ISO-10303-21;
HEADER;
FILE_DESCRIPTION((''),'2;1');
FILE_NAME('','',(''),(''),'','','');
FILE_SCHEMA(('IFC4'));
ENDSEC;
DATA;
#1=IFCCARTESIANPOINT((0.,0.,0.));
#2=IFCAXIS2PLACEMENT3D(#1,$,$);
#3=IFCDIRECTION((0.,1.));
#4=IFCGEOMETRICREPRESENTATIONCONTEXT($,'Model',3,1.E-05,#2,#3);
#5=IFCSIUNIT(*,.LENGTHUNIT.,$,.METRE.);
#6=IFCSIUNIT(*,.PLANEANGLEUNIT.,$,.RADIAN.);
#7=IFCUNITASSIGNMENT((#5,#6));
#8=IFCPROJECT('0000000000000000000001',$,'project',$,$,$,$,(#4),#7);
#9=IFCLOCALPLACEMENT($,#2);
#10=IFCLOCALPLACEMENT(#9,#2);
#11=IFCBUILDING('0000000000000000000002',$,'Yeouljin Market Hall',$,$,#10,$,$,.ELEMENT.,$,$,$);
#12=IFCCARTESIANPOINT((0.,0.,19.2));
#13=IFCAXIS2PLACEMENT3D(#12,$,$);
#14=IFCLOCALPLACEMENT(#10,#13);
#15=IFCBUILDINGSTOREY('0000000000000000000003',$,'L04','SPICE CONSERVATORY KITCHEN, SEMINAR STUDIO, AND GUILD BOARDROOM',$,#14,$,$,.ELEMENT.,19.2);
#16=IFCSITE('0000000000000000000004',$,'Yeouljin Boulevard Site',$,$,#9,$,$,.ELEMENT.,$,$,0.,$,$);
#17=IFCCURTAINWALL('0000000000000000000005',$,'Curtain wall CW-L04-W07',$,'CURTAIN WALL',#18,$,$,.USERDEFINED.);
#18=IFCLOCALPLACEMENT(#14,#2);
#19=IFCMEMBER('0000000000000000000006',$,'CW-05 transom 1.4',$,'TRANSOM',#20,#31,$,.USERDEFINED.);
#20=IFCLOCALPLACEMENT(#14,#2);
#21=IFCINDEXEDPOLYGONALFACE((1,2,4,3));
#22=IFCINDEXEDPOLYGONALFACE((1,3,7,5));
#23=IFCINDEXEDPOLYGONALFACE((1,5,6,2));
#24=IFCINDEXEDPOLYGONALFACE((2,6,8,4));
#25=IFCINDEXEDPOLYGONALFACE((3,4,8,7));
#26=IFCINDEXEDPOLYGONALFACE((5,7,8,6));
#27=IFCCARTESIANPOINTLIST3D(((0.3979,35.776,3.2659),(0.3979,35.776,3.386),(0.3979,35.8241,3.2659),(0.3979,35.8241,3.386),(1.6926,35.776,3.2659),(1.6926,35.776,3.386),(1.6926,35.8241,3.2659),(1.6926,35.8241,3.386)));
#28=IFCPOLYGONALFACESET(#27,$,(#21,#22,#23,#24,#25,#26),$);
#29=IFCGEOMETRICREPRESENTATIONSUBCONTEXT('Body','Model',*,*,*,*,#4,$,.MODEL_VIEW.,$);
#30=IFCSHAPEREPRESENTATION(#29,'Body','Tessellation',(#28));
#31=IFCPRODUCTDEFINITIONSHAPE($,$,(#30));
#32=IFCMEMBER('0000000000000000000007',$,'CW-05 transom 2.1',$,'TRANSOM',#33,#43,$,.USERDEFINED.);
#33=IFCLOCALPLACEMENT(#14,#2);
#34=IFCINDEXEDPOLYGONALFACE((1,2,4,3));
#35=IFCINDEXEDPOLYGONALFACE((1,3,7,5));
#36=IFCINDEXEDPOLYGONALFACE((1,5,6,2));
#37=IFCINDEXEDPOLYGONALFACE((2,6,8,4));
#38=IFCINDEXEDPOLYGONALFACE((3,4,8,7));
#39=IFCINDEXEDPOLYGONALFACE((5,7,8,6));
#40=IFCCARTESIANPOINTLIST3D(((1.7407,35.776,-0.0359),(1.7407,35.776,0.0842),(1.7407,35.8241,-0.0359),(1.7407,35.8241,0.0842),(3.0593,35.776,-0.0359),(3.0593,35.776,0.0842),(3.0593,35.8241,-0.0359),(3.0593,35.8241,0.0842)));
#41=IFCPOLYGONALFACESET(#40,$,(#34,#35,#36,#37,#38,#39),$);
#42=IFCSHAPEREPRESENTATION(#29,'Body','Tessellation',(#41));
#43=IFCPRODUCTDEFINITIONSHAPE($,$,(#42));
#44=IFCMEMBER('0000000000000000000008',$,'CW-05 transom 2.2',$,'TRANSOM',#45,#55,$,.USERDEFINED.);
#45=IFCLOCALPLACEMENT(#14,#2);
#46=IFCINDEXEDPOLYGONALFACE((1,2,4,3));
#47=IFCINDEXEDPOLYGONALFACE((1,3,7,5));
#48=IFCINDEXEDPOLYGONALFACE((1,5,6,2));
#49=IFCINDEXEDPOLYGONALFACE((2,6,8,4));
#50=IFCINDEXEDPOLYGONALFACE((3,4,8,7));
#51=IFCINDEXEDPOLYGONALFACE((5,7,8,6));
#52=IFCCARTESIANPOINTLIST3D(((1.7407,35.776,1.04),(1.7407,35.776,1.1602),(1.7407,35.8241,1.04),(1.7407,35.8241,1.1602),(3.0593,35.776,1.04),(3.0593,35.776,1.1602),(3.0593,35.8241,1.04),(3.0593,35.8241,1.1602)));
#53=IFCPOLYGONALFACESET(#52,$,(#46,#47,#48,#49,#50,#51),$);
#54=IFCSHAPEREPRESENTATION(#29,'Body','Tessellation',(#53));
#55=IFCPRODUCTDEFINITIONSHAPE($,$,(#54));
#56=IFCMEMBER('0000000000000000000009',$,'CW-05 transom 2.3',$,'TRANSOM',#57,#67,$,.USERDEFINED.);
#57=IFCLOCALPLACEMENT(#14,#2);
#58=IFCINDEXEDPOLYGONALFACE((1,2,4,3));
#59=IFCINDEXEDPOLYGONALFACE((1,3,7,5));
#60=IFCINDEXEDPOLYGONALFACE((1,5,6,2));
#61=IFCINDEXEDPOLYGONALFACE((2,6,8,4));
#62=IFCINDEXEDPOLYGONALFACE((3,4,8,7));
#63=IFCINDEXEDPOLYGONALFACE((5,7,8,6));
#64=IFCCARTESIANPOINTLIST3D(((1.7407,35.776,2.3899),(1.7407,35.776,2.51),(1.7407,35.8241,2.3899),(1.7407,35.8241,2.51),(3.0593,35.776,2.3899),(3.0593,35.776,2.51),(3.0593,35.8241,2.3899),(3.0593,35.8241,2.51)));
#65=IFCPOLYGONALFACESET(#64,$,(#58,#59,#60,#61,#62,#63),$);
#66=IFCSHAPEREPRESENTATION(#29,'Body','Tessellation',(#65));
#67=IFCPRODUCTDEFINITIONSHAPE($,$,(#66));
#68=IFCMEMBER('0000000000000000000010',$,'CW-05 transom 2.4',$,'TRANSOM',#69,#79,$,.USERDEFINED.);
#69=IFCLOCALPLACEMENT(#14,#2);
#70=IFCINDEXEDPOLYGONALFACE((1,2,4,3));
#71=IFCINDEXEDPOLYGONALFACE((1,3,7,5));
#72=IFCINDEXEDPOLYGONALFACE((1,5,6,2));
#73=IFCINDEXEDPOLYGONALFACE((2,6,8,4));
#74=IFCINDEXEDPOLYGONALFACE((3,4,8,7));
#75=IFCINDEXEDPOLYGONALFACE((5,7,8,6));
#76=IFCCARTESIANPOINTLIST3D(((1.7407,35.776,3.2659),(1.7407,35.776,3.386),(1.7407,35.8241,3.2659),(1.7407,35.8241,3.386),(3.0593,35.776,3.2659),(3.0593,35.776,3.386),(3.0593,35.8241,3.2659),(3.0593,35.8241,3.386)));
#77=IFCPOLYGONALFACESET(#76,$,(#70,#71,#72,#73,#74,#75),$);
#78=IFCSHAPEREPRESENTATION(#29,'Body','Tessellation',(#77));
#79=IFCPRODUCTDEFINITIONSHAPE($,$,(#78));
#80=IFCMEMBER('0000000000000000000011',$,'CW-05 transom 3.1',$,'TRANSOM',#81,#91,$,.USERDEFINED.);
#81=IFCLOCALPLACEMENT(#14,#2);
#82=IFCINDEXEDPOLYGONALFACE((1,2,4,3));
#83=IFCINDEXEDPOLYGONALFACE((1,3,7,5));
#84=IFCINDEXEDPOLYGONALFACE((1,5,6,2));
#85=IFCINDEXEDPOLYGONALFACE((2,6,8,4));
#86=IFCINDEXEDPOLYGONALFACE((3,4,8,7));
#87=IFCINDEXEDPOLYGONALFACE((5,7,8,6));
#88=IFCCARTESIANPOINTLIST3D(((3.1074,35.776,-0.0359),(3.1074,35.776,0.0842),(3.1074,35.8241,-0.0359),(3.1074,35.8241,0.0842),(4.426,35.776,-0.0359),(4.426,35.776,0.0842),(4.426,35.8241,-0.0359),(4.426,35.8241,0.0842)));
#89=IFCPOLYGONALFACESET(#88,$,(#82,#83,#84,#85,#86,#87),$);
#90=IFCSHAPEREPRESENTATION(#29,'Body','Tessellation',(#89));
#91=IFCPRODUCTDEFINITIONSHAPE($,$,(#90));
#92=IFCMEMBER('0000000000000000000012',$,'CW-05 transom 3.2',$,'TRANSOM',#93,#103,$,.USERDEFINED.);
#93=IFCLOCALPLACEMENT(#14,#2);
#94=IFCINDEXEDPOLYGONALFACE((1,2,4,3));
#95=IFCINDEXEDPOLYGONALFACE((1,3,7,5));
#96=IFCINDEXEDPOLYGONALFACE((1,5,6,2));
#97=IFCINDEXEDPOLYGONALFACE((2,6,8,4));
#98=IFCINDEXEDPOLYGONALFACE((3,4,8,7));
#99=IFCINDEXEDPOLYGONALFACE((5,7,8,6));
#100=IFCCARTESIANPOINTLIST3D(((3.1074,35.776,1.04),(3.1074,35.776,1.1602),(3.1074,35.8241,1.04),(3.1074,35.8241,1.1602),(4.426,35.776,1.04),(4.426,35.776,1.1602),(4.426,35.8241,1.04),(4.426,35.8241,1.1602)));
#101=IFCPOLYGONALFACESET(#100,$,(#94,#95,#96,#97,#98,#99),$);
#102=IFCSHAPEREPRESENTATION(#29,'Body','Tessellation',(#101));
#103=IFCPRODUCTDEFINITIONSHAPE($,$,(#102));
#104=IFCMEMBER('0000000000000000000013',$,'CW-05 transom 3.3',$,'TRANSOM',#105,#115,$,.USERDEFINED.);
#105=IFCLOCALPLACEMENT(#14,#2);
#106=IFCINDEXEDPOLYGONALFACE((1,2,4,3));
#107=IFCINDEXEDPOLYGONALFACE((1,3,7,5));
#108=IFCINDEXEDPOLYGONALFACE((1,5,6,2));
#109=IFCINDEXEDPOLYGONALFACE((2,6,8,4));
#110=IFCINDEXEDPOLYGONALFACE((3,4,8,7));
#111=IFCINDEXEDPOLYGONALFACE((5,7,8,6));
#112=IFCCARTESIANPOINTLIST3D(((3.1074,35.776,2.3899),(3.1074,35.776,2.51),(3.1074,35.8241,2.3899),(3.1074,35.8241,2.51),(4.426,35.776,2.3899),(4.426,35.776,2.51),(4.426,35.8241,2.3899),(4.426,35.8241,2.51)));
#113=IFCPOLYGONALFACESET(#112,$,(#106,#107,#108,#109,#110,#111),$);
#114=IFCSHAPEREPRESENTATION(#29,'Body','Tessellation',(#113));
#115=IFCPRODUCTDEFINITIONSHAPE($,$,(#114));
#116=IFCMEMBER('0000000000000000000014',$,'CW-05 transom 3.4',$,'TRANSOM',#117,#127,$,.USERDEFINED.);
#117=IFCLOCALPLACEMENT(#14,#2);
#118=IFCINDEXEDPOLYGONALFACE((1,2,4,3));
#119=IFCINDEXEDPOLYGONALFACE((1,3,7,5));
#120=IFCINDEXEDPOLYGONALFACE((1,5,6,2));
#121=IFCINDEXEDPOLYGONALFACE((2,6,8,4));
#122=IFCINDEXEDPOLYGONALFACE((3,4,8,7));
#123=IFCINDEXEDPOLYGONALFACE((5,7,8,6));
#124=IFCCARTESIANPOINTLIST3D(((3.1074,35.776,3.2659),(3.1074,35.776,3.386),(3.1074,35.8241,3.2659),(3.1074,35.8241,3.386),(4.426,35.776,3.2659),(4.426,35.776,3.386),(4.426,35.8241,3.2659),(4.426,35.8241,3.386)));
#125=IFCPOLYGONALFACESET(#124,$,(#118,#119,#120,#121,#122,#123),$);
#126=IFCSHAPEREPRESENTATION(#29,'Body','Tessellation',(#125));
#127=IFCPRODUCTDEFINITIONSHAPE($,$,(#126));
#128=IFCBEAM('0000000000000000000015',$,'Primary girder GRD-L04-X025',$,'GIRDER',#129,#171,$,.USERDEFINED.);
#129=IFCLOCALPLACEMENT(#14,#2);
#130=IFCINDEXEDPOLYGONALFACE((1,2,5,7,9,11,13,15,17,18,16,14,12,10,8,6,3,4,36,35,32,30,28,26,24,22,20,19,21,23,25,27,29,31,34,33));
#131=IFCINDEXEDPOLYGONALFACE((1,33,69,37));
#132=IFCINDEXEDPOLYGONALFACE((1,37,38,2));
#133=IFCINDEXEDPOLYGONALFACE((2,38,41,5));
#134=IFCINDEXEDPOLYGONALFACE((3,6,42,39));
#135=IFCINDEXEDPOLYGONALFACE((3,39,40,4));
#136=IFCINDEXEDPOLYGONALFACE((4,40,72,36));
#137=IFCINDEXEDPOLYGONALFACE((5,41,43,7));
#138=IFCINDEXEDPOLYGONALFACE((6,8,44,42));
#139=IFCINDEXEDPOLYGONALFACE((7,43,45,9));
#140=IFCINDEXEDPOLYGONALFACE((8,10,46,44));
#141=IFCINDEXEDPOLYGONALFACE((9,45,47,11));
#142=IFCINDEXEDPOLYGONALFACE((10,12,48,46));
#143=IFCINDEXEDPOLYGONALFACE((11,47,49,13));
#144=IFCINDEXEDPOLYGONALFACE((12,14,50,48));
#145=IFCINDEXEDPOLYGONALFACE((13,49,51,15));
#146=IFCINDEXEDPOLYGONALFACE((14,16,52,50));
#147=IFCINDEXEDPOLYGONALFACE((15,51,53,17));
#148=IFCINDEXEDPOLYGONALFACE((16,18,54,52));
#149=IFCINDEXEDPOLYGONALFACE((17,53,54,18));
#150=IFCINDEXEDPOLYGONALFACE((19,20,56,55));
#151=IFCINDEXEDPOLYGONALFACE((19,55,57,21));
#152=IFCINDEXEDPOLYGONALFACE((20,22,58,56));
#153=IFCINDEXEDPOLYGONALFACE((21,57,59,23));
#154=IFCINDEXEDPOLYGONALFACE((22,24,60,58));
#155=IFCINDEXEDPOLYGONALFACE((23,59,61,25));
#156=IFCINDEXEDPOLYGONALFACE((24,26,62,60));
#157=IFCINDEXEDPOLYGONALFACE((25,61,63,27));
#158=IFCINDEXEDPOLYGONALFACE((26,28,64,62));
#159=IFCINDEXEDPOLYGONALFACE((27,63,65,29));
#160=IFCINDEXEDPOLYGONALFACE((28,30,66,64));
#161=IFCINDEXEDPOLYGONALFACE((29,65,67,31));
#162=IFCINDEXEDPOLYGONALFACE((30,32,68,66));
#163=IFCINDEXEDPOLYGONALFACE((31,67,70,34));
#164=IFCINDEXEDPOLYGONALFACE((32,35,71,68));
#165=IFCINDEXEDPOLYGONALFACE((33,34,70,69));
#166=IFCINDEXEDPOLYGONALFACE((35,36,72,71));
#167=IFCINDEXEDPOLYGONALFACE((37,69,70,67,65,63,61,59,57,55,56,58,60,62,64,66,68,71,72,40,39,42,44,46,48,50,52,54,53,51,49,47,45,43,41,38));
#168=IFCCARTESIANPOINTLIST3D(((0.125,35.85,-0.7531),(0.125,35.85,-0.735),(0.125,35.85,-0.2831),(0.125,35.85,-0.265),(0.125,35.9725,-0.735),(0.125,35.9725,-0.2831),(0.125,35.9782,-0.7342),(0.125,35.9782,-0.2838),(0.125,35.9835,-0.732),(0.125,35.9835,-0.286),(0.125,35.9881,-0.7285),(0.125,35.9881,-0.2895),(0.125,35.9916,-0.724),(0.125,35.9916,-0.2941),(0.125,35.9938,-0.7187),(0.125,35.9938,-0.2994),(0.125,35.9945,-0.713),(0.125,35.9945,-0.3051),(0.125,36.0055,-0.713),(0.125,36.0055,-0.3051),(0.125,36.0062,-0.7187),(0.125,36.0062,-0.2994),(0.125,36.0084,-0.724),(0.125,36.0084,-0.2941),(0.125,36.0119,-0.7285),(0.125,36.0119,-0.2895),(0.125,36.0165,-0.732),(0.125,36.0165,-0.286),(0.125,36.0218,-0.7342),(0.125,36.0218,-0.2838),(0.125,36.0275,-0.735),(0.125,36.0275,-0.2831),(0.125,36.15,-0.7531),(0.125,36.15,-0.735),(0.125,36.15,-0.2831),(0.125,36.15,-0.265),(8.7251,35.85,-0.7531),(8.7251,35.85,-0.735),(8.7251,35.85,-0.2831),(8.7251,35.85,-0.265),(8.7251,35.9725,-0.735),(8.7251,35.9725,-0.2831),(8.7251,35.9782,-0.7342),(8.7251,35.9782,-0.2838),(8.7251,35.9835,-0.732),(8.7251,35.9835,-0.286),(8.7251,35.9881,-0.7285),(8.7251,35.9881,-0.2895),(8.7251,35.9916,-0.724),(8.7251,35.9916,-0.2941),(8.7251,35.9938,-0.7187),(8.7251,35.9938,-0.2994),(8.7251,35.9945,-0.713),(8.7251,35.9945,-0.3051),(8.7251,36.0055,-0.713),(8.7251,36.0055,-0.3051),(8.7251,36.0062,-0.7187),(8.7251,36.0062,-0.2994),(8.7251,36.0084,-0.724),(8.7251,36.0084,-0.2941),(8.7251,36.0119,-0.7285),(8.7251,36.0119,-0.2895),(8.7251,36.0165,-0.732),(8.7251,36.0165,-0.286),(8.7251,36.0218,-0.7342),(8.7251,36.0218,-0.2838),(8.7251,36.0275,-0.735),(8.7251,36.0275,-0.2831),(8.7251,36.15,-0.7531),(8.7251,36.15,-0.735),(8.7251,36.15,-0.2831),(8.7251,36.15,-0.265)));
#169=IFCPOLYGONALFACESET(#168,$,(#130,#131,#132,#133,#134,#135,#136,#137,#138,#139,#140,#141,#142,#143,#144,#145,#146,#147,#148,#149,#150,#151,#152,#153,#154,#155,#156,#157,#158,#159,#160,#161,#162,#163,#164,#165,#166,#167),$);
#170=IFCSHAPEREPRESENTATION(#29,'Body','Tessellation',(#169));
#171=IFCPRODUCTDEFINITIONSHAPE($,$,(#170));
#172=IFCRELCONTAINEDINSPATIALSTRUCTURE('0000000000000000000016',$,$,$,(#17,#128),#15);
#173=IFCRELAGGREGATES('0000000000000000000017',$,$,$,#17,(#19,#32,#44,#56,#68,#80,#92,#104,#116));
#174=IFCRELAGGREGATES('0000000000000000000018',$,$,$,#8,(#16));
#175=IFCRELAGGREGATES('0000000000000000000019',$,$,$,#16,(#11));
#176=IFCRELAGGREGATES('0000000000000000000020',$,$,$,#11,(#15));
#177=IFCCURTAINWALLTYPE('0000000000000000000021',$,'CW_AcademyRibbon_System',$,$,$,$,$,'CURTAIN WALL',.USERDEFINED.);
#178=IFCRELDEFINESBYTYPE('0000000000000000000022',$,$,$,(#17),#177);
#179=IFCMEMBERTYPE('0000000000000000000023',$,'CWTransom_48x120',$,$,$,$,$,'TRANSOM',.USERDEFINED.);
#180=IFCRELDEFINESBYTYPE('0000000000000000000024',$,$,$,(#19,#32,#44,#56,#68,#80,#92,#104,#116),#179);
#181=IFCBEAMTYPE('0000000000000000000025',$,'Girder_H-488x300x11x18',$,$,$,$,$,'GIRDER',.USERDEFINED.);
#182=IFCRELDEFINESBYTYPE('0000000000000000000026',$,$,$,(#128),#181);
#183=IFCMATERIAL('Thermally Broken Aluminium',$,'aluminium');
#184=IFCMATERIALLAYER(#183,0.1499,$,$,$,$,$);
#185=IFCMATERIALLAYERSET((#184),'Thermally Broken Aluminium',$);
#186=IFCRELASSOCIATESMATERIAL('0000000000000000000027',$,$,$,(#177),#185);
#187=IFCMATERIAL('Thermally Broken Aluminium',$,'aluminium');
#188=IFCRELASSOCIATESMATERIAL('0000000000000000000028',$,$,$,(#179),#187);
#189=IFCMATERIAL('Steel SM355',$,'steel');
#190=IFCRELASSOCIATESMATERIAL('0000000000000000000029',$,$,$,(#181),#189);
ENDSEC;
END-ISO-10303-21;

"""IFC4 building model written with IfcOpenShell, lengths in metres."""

from ifc_helpers import new_model, si_unit, direction, frame, origin, origin_2d, place, context, subcontext, project, spatial, rectangle, i_section, extrude, material, layer, layer_set, material_profile, profile_set, type_object, element, aggregate, save


model = new_model("IFC4")

# Units and contexts
model_context = context("Model", 3, precision=1e-05, world=origin(), true_north=direction((0.0, 1.0)))
body_context = subcontext(model_context, "Body", "Model", "MODEL_VIEW")
ifc_project = project(units=[si_unit("LENGTHUNIT", "METRE"), si_unit("PLANEANGLEUNIT", "RADIAN")], contexts=[model_context])

# Site, building, storey
site_placement = place(None, origin())
site = spatial("IfcSite", under=ifc_project, at=site_placement, Name="Yeouljin Boulevard Site", CompositionType="ELEMENT", RefElevation=0.0)
building_placement = place(site_placement, origin())
building = spatial("IfcBuilding", under=site, at=building_placement, Name="Yeouljin Market Hall", CompositionType="ELEMENT")
storey_placement = place(building_placement, frame((0.0, 0.0, 19.2)))
storey = spatial("IfcBuildingStorey", under=building, at=storey_placement, Name="L04", Description="SPICE CONSERVATORY KITCHEN, SEMINAR STUDIO, AND GUILD BOARDROOM", CompositionType="ELEMENT", Elevation=19.2)

# Curtain wall, members
ifc_material_1 = material(Name="Thermally Broken Aluminium", Category="aluminium")
ifc_layer_1 = layer(ifc_material_1, 0.1499)
ifc_layer_set_1 = layer_set([ifc_layer_1], Name="Thermally Broken Aluminium")
curtain_wall_type = type_object("IfcCurtainWallType", Name="CW_AcademyRibbon_System", ElementType="CURTAIN WALL", PredefinedType="USERDEFINED", material=ifc_layer_set_1)
curtain_wall_placement = place(storey_placement, origin())
curtain_wall = element("IfcCurtainWall", 1, at=curtain_wall_placement, inside=storey, type_object=curtain_wall_type, Name="Curtain wall CW-L04-W07", ObjectType="CURTAIN WALL", PredefinedType="USERDEFINED")
ifc_material_2 = material(Name="Thermally Broken Aluminium", Category="aluminium")
ifc_material_profile_1 = material_profile(ifc_material_2, rectangle(XDim=0.0481, YDim=0.1201, at=origin_2d()), Name="CW-TRAN-48x120")
ifc_profile_set_1 = profile_set([ifc_material_profile_1], Name="Thermally Broken Aluminium")
member_type_1 = type_object("IfcMemberType", Name="CWTransom_48x120", ElementType="TRANSOM", PredefinedType="USERDEFINED", material=ifc_profile_set_1)
member_1_placement = place(storey_placement, frame((0.3979, 35.8, 3.3259), z_axis=(1.0, 0.0, 0.0), x_axis=(0.0, 1.0, 0.0)))
member_1 = element("IfcMember", 2, at=member_1_placement, type_object=member_type_1, Name="CW-05 transom 1.4", ObjectType="TRANSOM", PredefinedType="USERDEFINED", context=body_context, shape_type="SweptSolid", body=[
    extrude(rectangle(XDim=0.0481, YDim=0.1201, at=origin_2d()), origin(), (0.0, 0.0, 1.0), 1.2947),
])
member_2_placement = place(storey_placement, frame((1.7407, 35.8, 0.0242), z_axis=(1.0, 0.0, 0.0), x_axis=(0.0, 1.0, 0.0)))
member_2 = element("IfcMember", 3, at=member_2_placement, type_object=member_type_1, Name="CW-05 transom 2.1", ObjectType="TRANSOM", PredefinedType="USERDEFINED", context=body_context, shape_type="SweptSolid", body=[
    extrude(rectangle(XDim=0.0481, YDim=0.1201, at=origin_2d()), origin(), (0.0, 0.0, 1.0), 1.3186),
])
member_3_placement = place(storey_placement, frame((1.7407, 35.8, 1.1001), z_axis=(1.0, 0.0, 0.0), x_axis=(0.0, 1.0, 0.0)))
member_3 = element("IfcMember", 4, at=member_3_placement, type_object=member_type_1, Name="CW-05 transom 2.2", ObjectType="TRANSOM", PredefinedType="USERDEFINED", context=body_context, shape_type="SweptSolid", body=[
    extrude(rectangle(XDim=0.0481, YDim=0.1201, at=origin_2d()), origin(), (0.0, 0.0, 1.0), 1.3186),
])
member_4_placement = place(storey_placement, frame((1.7407, 35.8, 2.45), z_axis=(1.0, 0.0, 0.0), x_axis=(0.0, 1.0, 0.0)))
member_4 = element("IfcMember", 5, at=member_4_placement, type_object=member_type_1, Name="CW-05 transom 2.3", ObjectType="TRANSOM", PredefinedType="USERDEFINED", context=body_context, shape_type="SweptSolid", body=[
    extrude(rectangle(XDim=0.0481, YDim=0.1201, at=origin_2d()), origin(), (0.0, 0.0, 1.0), 1.3186),
])
member_5_placement = place(storey_placement, frame((1.7407, 35.8, 3.3259), z_axis=(1.0, 0.0, 0.0), x_axis=(0.0, 1.0, 0.0)))
member_5 = element("IfcMember", 6, at=member_5_placement, type_object=member_type_1, Name="CW-05 transom 2.4", ObjectType="TRANSOM", PredefinedType="USERDEFINED", context=body_context, shape_type="SweptSolid", body=[
    extrude(rectangle(XDim=0.0481, YDim=0.1201, at=origin_2d()), origin(), (0.0, 0.0, 1.0), 1.3186),
])
member_6_placement = place(storey_placement, frame((3.1074, 35.8, 0.0242), z_axis=(1.0, 0.0, 0.0), x_axis=(0.0, 1.0, 0.0)))
member_6 = element("IfcMember", 7, at=member_6_placement, type_object=member_type_1, Name="CW-05 transom 3.1", ObjectType="TRANSOM", PredefinedType="USERDEFINED", context=body_context, shape_type="SweptSolid", body=[
    extrude(rectangle(XDim=0.0481, YDim=0.1201, at=origin_2d()), origin(), (0.0, 0.0, 1.0), 1.3186),
])
member_7_placement = place(storey_placement, frame((3.1074, 35.8, 1.1001), z_axis=(1.0, 0.0, 0.0), x_axis=(0.0, 1.0, 0.0)))
member_7 = element("IfcMember", 8, at=member_7_placement, type_object=member_type_1, Name="CW-05 transom 3.2", ObjectType="TRANSOM", PredefinedType="USERDEFINED", context=body_context, shape_type="SweptSolid", body=[
    extrude(rectangle(XDim=0.0481, YDim=0.1201, at=origin_2d()), origin(), (0.0, 0.0, 1.0), 1.3186),
])
member_8_placement = place(storey_placement, frame((3.1074, 35.8, 2.45), z_axis=(1.0, 0.0, 0.0), x_axis=(0.0, 1.0, 0.0)))
member_8 = element("IfcMember", 9, at=member_8_placement, type_object=member_type_1, Name="CW-05 transom 3.3", ObjectType="TRANSOM", PredefinedType="USERDEFINED", context=body_context, shape_type="SweptSolid", body=[
    extrude(rectangle(XDim=0.0481, YDim=0.1201, at=origin_2d()), origin(), (0.0, 0.0, 1.0), 1.3186),
])
member_9_placement = place(storey_placement, frame((3.1074, 35.8, 3.3259), z_axis=(1.0, 0.0, 0.0), x_axis=(0.0, 1.0, 0.0)))
member_9 = element("IfcMember", 10, at=member_9_placement, type_object=member_type_1, Name="CW-05 transom 3.4", ObjectType="TRANSOM", PredefinedType="USERDEFINED", context=body_context, shape_type="SweptSolid", body=[
    extrude(rectangle(XDim=0.0481, YDim=0.1201, at=origin_2d()), origin(), (0.0, 0.0, 1.0), 1.3186),
])

# Beam
ifc_material_3 = material(Name="Steel SM355", Category="steel")
ifc_material_profile_2 = material_profile(ifc_material_3, i_section(OverallWidth=0.3, OverallDepth=0.488, WebThickness=0.011, FlangeThickness=0.0181, FilletRadius=0.022, at=origin_2d()), Name="H-488x300x11x18")
ifc_profile_set_2 = profile_set([ifc_material_profile_2], Name="Steel SM355")
beam_type_1 = type_object("IfcBeamType", Name="Girder_H-488x300x11x18", ElementType="GIRDER", PredefinedType="USERDEFINED", material=ifc_profile_set_2)
beam_1_placement = place(storey_placement, frame((0.125, 36.0, -0.509), z_axis=(1.0, 0.0, 0.0), x_axis=(0.0, 1.0, 0.0)))
element("IfcBeam", 11, at=beam_1_placement, inside=storey, type_object=beam_type_1, Name="Primary girder GRD-L04-X025", ObjectType="GIRDER", PredefinedType="USERDEFINED", context=body_context, shape_type="SweptSolid", body=[
    extrude(i_section(OverallWidth=0.3, OverallDepth=0.488, WebThickness=0.011, FlangeThickness=0.0181, FilletRadius=0.022, at=origin_2d()), origin(), (0.0, 0.0, 1.0), 8.6001),
])

aggregate(curtain_wall, [member_1, member_2, member_3, member_4, member_5, member_6, member_7, member_8, member_9])

save(model, "model.ifc")
